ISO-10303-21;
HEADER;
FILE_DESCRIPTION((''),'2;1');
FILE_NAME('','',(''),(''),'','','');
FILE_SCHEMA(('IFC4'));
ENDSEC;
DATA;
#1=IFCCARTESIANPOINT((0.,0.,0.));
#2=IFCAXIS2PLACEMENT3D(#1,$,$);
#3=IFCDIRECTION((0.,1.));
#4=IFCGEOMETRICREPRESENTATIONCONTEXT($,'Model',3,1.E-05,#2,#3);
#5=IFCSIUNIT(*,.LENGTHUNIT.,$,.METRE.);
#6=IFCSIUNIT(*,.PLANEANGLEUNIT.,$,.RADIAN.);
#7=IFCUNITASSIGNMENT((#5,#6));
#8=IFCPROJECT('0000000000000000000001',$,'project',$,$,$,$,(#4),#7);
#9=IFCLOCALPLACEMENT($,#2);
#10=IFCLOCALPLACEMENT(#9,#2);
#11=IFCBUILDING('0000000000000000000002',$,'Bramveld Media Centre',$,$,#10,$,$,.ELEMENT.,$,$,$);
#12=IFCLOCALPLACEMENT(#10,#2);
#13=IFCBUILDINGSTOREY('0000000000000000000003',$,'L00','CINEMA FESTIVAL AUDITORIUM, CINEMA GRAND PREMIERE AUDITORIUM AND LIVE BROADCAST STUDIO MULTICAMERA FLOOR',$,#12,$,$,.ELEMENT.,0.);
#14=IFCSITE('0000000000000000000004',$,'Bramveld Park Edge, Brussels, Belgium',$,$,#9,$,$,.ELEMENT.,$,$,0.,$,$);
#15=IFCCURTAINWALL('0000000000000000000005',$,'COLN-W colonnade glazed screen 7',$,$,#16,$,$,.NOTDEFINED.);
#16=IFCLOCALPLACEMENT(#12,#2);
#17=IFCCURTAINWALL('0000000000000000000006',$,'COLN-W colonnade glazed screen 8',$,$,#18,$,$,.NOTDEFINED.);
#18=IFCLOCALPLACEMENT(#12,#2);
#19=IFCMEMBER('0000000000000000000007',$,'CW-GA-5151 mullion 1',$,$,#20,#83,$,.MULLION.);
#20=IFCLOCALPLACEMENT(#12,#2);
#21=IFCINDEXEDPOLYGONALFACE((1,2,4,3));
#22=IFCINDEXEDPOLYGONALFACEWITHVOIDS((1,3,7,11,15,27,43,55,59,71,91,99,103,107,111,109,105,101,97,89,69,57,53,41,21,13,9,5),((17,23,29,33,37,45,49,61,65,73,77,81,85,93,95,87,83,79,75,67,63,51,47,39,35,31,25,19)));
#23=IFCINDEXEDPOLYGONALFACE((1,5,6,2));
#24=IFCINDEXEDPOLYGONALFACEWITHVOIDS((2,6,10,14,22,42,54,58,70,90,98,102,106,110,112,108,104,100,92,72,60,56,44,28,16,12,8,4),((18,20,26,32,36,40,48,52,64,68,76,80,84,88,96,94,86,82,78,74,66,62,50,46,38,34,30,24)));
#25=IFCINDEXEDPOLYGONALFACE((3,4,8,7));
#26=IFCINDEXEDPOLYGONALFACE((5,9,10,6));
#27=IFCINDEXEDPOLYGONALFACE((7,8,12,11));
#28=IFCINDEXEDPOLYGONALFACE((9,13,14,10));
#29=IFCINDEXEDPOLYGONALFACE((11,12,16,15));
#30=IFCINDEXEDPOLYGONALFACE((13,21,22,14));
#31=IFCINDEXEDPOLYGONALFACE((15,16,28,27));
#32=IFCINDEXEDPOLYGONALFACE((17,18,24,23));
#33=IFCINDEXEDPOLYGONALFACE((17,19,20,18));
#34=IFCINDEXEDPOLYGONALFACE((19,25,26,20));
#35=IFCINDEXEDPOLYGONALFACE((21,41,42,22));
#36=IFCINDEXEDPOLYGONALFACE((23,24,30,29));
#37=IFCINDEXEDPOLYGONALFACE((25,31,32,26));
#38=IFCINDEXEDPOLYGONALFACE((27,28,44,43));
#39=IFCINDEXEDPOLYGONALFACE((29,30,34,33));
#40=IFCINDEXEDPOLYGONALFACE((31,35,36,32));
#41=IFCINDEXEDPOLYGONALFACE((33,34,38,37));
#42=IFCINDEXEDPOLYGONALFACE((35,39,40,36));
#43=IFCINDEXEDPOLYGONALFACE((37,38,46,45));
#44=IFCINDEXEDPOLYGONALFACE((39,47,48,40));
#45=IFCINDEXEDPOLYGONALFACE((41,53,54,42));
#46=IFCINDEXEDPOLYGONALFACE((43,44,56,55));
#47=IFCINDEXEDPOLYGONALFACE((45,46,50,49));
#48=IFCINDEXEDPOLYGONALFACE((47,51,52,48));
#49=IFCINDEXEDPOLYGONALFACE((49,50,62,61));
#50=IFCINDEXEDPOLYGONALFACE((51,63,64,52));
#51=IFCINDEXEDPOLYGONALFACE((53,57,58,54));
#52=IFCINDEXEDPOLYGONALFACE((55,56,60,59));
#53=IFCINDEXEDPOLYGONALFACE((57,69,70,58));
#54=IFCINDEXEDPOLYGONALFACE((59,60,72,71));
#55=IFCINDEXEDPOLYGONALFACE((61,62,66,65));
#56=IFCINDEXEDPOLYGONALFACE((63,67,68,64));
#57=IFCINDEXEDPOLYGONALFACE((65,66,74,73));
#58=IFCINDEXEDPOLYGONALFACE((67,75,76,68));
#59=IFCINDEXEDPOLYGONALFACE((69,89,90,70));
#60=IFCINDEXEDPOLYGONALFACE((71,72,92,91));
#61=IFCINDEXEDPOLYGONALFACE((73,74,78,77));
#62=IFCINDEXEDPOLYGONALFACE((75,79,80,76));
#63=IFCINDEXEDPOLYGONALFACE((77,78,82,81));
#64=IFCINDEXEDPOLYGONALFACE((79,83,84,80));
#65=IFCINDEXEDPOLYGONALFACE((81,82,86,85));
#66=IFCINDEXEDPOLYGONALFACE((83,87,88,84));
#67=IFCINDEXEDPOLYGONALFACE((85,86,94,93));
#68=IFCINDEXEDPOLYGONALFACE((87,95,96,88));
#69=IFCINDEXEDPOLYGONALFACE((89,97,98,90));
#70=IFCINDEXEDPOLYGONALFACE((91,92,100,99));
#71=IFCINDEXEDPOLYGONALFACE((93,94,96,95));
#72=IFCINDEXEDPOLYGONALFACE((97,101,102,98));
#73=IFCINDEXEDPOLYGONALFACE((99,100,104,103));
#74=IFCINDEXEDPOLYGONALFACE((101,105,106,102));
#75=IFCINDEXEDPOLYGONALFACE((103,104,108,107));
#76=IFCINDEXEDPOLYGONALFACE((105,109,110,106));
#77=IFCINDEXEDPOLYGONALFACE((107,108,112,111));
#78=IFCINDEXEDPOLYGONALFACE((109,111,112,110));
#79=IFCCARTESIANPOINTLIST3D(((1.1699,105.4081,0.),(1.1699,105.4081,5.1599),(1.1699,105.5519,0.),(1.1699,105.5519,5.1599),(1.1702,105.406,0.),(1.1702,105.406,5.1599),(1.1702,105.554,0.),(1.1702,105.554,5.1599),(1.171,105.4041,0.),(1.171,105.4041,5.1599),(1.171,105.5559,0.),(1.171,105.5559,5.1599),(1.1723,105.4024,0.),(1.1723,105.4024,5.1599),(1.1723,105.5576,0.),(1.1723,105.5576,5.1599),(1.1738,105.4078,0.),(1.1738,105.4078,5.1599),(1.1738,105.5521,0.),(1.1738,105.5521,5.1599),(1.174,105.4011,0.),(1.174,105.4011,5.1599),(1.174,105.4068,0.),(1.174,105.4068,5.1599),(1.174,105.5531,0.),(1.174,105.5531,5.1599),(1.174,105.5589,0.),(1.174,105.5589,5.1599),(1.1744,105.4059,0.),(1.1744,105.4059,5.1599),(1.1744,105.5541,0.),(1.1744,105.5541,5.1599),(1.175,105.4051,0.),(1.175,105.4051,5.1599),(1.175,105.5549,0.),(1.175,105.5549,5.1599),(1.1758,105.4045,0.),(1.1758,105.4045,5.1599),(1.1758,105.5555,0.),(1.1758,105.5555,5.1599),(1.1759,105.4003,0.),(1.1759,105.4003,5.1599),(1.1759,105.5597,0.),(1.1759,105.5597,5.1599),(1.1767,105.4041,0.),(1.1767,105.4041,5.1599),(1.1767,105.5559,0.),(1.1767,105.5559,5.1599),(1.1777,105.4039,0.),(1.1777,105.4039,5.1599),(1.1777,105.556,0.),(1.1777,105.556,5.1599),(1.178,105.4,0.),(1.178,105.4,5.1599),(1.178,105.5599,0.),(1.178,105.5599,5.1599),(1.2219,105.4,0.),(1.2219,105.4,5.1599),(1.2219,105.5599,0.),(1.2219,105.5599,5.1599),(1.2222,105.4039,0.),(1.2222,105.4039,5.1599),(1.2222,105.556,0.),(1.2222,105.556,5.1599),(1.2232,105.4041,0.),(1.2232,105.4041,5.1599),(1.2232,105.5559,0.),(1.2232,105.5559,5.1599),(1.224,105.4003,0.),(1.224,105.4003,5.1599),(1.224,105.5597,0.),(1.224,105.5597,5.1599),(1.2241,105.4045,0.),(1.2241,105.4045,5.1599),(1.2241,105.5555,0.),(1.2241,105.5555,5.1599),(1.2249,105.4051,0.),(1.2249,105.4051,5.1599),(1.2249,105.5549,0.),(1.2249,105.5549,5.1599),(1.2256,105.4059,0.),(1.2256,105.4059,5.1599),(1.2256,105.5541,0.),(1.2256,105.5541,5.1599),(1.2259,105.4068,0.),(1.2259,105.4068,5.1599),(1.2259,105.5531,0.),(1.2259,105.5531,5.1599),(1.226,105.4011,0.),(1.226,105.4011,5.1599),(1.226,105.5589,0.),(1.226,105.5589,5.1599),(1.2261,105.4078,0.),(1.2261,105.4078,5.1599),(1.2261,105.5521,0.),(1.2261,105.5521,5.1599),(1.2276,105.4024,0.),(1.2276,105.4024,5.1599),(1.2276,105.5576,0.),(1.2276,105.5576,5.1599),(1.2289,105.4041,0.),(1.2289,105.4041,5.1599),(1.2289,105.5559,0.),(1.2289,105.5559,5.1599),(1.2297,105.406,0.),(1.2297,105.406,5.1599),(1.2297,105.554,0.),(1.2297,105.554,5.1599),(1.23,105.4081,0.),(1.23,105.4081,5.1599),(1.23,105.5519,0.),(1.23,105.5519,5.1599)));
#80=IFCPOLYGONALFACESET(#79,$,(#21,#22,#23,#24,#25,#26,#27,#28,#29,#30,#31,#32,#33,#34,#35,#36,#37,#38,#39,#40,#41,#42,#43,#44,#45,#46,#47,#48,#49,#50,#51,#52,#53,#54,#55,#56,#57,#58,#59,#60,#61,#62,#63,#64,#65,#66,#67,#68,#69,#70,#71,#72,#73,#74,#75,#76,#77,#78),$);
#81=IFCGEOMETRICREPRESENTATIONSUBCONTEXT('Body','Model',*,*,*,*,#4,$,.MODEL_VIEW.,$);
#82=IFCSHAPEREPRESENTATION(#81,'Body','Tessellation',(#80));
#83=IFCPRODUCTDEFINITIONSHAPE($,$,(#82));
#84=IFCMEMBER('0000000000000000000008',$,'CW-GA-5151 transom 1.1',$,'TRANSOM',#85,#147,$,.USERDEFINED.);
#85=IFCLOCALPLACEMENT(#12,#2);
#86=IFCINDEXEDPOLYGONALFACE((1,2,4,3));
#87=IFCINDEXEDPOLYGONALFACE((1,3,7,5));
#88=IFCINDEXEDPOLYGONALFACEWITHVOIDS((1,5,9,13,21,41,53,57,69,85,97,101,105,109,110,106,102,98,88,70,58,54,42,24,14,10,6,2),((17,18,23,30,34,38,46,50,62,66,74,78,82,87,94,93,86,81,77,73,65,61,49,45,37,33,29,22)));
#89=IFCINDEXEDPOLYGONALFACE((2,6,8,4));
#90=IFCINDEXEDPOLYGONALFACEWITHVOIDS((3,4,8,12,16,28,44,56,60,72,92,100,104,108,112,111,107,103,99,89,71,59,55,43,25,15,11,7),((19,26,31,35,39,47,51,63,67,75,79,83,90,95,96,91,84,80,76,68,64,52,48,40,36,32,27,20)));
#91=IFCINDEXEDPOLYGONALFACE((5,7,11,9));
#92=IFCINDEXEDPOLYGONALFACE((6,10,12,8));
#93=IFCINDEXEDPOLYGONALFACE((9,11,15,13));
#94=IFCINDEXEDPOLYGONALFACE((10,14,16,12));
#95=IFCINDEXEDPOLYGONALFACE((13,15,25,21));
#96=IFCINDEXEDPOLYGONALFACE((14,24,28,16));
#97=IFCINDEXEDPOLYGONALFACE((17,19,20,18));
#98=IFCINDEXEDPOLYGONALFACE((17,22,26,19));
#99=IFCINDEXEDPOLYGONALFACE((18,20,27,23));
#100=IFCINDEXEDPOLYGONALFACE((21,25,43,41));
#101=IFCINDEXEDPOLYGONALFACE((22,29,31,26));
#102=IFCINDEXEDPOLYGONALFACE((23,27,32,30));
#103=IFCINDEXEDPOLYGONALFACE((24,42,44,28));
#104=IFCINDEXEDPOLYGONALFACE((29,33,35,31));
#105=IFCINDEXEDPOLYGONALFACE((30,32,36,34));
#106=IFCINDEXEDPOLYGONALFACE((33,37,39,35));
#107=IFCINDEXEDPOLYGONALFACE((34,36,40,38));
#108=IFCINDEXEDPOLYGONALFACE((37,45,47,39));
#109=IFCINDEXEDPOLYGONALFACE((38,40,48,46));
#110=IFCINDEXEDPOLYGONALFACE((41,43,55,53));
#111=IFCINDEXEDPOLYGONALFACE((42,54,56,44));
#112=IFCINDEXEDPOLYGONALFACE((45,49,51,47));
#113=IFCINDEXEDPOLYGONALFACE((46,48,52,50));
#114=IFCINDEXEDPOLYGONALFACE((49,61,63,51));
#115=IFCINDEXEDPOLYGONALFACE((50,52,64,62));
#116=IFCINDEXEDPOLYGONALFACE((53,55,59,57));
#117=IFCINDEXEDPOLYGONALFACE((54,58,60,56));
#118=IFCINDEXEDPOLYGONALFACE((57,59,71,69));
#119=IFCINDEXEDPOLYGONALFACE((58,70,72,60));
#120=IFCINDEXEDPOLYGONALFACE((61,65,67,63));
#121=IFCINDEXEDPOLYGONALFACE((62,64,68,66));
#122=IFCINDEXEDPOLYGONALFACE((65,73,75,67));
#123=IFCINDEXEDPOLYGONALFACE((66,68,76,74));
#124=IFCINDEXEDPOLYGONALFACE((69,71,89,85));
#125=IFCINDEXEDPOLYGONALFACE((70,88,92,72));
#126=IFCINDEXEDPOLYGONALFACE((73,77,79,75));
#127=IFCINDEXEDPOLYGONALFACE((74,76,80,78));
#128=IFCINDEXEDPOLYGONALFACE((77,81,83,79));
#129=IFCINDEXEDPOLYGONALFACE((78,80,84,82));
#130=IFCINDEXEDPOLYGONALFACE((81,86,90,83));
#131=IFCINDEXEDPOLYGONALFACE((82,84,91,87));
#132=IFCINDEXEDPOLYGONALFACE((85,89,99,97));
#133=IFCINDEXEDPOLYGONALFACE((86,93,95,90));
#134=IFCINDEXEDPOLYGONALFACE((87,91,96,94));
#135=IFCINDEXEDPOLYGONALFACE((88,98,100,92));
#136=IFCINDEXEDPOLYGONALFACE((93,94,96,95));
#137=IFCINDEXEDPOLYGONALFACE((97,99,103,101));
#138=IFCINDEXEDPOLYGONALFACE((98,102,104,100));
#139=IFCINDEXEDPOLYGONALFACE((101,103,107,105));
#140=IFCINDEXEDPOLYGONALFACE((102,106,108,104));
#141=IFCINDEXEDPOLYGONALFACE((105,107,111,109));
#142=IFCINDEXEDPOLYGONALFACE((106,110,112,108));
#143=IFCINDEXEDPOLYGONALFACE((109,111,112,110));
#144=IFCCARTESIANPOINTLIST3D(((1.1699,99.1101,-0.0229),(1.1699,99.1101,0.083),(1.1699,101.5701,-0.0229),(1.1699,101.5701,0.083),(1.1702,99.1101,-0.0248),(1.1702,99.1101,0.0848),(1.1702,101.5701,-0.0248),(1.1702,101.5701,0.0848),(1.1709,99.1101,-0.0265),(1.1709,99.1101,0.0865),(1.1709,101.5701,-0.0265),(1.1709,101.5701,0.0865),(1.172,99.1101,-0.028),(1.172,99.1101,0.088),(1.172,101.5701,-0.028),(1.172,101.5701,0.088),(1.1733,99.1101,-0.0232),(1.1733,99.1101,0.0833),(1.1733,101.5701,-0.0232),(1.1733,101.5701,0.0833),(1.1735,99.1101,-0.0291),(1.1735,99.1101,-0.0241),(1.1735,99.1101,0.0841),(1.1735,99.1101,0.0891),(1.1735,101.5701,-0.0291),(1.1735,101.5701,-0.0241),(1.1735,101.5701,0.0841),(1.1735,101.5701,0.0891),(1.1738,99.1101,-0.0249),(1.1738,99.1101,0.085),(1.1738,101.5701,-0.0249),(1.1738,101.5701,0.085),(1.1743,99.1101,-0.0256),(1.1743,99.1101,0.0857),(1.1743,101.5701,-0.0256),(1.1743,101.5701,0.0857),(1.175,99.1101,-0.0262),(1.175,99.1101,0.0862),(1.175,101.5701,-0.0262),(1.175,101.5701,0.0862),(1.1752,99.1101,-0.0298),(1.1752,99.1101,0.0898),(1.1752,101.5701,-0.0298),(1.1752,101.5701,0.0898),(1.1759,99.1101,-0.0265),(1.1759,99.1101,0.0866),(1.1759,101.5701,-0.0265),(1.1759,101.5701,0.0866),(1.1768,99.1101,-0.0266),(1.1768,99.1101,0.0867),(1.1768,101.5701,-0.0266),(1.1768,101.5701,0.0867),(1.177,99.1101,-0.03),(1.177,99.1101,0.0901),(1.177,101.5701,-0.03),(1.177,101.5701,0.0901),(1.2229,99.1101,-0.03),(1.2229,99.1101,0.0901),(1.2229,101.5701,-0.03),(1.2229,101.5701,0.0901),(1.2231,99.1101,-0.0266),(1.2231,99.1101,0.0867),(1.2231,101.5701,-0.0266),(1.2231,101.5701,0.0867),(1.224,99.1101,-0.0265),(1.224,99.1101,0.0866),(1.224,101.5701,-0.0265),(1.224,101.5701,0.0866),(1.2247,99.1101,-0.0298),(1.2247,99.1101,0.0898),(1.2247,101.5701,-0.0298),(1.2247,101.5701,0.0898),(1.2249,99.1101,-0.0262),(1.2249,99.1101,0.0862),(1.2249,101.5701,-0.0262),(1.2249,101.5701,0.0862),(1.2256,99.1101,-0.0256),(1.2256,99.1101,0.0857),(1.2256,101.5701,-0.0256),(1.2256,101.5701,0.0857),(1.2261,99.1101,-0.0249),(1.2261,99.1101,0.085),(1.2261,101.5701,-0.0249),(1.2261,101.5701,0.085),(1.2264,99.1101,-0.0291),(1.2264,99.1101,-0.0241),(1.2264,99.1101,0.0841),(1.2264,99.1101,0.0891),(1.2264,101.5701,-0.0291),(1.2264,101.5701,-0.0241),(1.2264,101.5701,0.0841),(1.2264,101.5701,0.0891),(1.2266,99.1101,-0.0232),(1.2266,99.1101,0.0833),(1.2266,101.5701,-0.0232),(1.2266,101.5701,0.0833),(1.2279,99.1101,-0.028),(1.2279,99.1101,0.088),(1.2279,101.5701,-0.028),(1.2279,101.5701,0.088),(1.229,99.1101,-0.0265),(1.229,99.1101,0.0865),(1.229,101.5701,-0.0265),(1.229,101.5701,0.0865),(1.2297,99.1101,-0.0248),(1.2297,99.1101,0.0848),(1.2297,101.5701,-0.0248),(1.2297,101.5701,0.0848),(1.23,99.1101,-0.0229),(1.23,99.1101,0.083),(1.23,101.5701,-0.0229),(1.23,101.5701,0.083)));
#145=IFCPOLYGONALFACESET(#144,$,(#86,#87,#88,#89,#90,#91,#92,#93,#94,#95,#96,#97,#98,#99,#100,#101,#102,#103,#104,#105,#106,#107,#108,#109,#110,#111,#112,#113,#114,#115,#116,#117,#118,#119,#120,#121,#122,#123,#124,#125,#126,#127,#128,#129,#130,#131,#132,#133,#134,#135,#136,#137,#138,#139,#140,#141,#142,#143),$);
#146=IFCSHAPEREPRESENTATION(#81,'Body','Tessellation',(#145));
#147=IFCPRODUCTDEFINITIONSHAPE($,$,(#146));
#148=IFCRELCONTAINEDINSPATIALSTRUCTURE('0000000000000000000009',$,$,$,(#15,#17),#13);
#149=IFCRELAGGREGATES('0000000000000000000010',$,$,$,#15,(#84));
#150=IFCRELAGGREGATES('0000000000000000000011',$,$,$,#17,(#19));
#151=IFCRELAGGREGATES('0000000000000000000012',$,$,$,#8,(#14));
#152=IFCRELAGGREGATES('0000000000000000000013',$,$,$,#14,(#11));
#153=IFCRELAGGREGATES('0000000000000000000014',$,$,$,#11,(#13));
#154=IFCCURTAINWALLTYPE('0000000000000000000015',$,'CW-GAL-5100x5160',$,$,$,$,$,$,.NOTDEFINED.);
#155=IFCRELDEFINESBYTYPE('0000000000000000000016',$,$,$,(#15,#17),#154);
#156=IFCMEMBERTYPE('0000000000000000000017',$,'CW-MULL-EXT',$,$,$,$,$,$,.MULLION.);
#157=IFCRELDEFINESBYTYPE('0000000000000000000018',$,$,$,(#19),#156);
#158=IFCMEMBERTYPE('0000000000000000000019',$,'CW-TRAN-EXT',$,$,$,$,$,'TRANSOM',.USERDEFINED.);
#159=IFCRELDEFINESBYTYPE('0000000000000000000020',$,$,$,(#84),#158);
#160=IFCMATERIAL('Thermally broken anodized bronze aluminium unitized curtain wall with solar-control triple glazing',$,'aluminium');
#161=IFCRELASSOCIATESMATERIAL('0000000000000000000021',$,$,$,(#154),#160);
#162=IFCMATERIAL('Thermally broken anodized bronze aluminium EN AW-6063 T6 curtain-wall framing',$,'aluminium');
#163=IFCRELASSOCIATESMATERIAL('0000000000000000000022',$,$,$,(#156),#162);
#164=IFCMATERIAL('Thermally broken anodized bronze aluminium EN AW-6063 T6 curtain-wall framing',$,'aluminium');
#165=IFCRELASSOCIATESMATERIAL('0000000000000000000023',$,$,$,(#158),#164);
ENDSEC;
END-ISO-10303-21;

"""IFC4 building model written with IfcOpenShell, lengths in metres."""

from ifc_helpers import new_model, si_unit, direction, frame, origin, origin_2d, place, context, subcontext, project, spatial, hollow_rectangle, extrude, material, material_profile, profile_set, type_object, element, aggregate, save


model = new_model("IFC4")

# Units and contexts
model_context = context("Model", 3, precision=1e-05, world=origin(), true_north=direction((0.0, 1.0)))
body_context = subcontext(model_context, "Body", "Model", "MODEL_VIEW")
ifc_project = project(units=[si_unit("LENGTHUNIT", "METRE"), si_unit("PLANEANGLEUNIT", "RADIAN")], contexts=[model_context])

# Site, building, storey
site_placement = place(None, origin())
site = spatial("IfcSite", under=ifc_project, at=site_placement, Name="Bramveld Park Edge, Brussels, Belgium", CompositionType="ELEMENT", RefElevation=0.0)
building_placement = place(site_placement, origin())
building = spatial("IfcBuilding", under=site, at=building_placement, Name="Bramveld Media Centre", CompositionType="ELEMENT")
storey_placement = place(building_placement, origin())
storey = spatial("IfcBuildingStorey", under=building, at=storey_placement, Name="L00", Description="CINEMA FESTIVAL AUDITORIUM, CINEMA GRAND PREMIERE AUDITORIUM AND LIVE BROADCAST STUDIO MULTICAMERA FLOOR", CompositionType="ELEMENT", Elevation=0.0)

# Curtain wall
ifc_material_1 = material(Name="Thermally broken anodized bronze aluminium unitized curtain wall with solar-control triple glazing", Category="aluminium")
curtain_wall_type = type_object("IfcCurtainWallType", Name="CW-GAL-5100x5160", PredefinedType="NOTDEFINED", material=ifc_material_1)
curtain_wall_1_placement = place(storey_placement, origin())
curtain_wall_1 = element("IfcCurtainWall", 1, at=curtain_wall_1_placement, inside=storey, type_object=curtain_wall_type, Name="COLN-W colonnade glazed screen 7", PredefinedType="NOTDEFINED")
ifc_material_2 = material(Name="Thermally broken anodized bronze aluminium EN AW-6063 T6 curtain-wall framing", Category="aluminium")
ifc_material_profile_1 = material_profile(ifc_material_2, hollow_rectangle(XDim=0.0601, YDim=0.1599, WallThickness=0.0039, InnerFilletRadius=0.0039, OuterFilletRadius=0.0081, at=origin_2d()), Name="AL-MULL 60x160")
ifc_profile_set_1 = profile_set([ifc_material_profile_1], Name="Thermally broken anodized bronze aluminium EN AW-6063 T6 curtain-wall framing")
member_type_1 = type_object("IfcMemberType", Name="CW-MULL-EXT", PredefinedType="MULLION", material=ifc_profile_set_1)

# Curtain wall, member
curtain_wall_2_placement = place(storey_placement, origin())
curtain_wall_2 = element("IfcCurtainWall", 2, at=curtain_wall_2_placement, inside=storey, type_object=curtain_wall_type, Name="COLN-W colonnade glazed screen 8", PredefinedType="NOTDEFINED")
member_1_placement = place(storey_placement, frame((1.2, 105.48, 0.0), z_axis=(0.0, 0.0, 1.0), x_axis=(-1.0, 0.0, 0.0)))
member_1 = element("IfcMember", 3, at=member_1_placement, type_object=member_type_1, Name="CW-GA-5151 mullion 1", PredefinedType="MULLION", context=body_context, shape_type="SweptSolid", body=[
    extrude(hollow_rectangle(XDim=0.0601, YDim=0.1599, WallThickness=0.0039, InnerFilletRadius=0.0039, OuterFilletRadius=0.0081, at=origin_2d()), origin(), (0.0, 0.0, 1.0), 5.1599),
])

# Member
ifc_material_3 = material(Name="Thermally broken anodized bronze aluminium EN AW-6063 T6 curtain-wall framing", Category="aluminium")
ifc_material_profile_2 = material_profile(ifc_material_3, hollow_rectangle(XDim=0.0601, YDim=0.1201, WallThickness=0.0034, InnerFilletRadius=0.0034, OuterFilletRadius=0.0071, at=origin_2d()), Name="AL-TRAN 60x120")
ifc_profile_set_2 = profile_set([ifc_material_profile_2], Name="Thermally broken anodized bronze aluminium EN AW-6063 T6 curtain-wall framing")
member_type_2 = type_object("IfcMemberType", Name="CW-TRAN-EXT", ElementType="TRANSOM", PredefinedType="USERDEFINED", material=ifc_profile_set_2)
member_2_placement = place(storey_placement, frame((1.2, 99.1101, 0.03), z_axis=(0.0, 1.0, 0.0), x_axis=(-1.0, 0.0, 0.0)))
member_2 = element("IfcMember", 4, at=member_2_placement, type_object=member_type_2, Name="CW-GA-5151 transom 1.1", ObjectType="TRANSOM", PredefinedType="USERDEFINED", context=body_context, shape_type="SweptSolid", body=[
    extrude(hollow_rectangle(XDim=0.0601, YDim=0.1201, WallThickness=0.0034, InnerFilletRadius=0.0034, OuterFilletRadius=0.0071, at=origin_2d()), origin(), (0.0, 0.0, 1.0), 2.46),
])

aggregate(curtain_wall_1, [member_2])
aggregate(curtain_wall_2, [member_1])

save(model, "model.ifc")
